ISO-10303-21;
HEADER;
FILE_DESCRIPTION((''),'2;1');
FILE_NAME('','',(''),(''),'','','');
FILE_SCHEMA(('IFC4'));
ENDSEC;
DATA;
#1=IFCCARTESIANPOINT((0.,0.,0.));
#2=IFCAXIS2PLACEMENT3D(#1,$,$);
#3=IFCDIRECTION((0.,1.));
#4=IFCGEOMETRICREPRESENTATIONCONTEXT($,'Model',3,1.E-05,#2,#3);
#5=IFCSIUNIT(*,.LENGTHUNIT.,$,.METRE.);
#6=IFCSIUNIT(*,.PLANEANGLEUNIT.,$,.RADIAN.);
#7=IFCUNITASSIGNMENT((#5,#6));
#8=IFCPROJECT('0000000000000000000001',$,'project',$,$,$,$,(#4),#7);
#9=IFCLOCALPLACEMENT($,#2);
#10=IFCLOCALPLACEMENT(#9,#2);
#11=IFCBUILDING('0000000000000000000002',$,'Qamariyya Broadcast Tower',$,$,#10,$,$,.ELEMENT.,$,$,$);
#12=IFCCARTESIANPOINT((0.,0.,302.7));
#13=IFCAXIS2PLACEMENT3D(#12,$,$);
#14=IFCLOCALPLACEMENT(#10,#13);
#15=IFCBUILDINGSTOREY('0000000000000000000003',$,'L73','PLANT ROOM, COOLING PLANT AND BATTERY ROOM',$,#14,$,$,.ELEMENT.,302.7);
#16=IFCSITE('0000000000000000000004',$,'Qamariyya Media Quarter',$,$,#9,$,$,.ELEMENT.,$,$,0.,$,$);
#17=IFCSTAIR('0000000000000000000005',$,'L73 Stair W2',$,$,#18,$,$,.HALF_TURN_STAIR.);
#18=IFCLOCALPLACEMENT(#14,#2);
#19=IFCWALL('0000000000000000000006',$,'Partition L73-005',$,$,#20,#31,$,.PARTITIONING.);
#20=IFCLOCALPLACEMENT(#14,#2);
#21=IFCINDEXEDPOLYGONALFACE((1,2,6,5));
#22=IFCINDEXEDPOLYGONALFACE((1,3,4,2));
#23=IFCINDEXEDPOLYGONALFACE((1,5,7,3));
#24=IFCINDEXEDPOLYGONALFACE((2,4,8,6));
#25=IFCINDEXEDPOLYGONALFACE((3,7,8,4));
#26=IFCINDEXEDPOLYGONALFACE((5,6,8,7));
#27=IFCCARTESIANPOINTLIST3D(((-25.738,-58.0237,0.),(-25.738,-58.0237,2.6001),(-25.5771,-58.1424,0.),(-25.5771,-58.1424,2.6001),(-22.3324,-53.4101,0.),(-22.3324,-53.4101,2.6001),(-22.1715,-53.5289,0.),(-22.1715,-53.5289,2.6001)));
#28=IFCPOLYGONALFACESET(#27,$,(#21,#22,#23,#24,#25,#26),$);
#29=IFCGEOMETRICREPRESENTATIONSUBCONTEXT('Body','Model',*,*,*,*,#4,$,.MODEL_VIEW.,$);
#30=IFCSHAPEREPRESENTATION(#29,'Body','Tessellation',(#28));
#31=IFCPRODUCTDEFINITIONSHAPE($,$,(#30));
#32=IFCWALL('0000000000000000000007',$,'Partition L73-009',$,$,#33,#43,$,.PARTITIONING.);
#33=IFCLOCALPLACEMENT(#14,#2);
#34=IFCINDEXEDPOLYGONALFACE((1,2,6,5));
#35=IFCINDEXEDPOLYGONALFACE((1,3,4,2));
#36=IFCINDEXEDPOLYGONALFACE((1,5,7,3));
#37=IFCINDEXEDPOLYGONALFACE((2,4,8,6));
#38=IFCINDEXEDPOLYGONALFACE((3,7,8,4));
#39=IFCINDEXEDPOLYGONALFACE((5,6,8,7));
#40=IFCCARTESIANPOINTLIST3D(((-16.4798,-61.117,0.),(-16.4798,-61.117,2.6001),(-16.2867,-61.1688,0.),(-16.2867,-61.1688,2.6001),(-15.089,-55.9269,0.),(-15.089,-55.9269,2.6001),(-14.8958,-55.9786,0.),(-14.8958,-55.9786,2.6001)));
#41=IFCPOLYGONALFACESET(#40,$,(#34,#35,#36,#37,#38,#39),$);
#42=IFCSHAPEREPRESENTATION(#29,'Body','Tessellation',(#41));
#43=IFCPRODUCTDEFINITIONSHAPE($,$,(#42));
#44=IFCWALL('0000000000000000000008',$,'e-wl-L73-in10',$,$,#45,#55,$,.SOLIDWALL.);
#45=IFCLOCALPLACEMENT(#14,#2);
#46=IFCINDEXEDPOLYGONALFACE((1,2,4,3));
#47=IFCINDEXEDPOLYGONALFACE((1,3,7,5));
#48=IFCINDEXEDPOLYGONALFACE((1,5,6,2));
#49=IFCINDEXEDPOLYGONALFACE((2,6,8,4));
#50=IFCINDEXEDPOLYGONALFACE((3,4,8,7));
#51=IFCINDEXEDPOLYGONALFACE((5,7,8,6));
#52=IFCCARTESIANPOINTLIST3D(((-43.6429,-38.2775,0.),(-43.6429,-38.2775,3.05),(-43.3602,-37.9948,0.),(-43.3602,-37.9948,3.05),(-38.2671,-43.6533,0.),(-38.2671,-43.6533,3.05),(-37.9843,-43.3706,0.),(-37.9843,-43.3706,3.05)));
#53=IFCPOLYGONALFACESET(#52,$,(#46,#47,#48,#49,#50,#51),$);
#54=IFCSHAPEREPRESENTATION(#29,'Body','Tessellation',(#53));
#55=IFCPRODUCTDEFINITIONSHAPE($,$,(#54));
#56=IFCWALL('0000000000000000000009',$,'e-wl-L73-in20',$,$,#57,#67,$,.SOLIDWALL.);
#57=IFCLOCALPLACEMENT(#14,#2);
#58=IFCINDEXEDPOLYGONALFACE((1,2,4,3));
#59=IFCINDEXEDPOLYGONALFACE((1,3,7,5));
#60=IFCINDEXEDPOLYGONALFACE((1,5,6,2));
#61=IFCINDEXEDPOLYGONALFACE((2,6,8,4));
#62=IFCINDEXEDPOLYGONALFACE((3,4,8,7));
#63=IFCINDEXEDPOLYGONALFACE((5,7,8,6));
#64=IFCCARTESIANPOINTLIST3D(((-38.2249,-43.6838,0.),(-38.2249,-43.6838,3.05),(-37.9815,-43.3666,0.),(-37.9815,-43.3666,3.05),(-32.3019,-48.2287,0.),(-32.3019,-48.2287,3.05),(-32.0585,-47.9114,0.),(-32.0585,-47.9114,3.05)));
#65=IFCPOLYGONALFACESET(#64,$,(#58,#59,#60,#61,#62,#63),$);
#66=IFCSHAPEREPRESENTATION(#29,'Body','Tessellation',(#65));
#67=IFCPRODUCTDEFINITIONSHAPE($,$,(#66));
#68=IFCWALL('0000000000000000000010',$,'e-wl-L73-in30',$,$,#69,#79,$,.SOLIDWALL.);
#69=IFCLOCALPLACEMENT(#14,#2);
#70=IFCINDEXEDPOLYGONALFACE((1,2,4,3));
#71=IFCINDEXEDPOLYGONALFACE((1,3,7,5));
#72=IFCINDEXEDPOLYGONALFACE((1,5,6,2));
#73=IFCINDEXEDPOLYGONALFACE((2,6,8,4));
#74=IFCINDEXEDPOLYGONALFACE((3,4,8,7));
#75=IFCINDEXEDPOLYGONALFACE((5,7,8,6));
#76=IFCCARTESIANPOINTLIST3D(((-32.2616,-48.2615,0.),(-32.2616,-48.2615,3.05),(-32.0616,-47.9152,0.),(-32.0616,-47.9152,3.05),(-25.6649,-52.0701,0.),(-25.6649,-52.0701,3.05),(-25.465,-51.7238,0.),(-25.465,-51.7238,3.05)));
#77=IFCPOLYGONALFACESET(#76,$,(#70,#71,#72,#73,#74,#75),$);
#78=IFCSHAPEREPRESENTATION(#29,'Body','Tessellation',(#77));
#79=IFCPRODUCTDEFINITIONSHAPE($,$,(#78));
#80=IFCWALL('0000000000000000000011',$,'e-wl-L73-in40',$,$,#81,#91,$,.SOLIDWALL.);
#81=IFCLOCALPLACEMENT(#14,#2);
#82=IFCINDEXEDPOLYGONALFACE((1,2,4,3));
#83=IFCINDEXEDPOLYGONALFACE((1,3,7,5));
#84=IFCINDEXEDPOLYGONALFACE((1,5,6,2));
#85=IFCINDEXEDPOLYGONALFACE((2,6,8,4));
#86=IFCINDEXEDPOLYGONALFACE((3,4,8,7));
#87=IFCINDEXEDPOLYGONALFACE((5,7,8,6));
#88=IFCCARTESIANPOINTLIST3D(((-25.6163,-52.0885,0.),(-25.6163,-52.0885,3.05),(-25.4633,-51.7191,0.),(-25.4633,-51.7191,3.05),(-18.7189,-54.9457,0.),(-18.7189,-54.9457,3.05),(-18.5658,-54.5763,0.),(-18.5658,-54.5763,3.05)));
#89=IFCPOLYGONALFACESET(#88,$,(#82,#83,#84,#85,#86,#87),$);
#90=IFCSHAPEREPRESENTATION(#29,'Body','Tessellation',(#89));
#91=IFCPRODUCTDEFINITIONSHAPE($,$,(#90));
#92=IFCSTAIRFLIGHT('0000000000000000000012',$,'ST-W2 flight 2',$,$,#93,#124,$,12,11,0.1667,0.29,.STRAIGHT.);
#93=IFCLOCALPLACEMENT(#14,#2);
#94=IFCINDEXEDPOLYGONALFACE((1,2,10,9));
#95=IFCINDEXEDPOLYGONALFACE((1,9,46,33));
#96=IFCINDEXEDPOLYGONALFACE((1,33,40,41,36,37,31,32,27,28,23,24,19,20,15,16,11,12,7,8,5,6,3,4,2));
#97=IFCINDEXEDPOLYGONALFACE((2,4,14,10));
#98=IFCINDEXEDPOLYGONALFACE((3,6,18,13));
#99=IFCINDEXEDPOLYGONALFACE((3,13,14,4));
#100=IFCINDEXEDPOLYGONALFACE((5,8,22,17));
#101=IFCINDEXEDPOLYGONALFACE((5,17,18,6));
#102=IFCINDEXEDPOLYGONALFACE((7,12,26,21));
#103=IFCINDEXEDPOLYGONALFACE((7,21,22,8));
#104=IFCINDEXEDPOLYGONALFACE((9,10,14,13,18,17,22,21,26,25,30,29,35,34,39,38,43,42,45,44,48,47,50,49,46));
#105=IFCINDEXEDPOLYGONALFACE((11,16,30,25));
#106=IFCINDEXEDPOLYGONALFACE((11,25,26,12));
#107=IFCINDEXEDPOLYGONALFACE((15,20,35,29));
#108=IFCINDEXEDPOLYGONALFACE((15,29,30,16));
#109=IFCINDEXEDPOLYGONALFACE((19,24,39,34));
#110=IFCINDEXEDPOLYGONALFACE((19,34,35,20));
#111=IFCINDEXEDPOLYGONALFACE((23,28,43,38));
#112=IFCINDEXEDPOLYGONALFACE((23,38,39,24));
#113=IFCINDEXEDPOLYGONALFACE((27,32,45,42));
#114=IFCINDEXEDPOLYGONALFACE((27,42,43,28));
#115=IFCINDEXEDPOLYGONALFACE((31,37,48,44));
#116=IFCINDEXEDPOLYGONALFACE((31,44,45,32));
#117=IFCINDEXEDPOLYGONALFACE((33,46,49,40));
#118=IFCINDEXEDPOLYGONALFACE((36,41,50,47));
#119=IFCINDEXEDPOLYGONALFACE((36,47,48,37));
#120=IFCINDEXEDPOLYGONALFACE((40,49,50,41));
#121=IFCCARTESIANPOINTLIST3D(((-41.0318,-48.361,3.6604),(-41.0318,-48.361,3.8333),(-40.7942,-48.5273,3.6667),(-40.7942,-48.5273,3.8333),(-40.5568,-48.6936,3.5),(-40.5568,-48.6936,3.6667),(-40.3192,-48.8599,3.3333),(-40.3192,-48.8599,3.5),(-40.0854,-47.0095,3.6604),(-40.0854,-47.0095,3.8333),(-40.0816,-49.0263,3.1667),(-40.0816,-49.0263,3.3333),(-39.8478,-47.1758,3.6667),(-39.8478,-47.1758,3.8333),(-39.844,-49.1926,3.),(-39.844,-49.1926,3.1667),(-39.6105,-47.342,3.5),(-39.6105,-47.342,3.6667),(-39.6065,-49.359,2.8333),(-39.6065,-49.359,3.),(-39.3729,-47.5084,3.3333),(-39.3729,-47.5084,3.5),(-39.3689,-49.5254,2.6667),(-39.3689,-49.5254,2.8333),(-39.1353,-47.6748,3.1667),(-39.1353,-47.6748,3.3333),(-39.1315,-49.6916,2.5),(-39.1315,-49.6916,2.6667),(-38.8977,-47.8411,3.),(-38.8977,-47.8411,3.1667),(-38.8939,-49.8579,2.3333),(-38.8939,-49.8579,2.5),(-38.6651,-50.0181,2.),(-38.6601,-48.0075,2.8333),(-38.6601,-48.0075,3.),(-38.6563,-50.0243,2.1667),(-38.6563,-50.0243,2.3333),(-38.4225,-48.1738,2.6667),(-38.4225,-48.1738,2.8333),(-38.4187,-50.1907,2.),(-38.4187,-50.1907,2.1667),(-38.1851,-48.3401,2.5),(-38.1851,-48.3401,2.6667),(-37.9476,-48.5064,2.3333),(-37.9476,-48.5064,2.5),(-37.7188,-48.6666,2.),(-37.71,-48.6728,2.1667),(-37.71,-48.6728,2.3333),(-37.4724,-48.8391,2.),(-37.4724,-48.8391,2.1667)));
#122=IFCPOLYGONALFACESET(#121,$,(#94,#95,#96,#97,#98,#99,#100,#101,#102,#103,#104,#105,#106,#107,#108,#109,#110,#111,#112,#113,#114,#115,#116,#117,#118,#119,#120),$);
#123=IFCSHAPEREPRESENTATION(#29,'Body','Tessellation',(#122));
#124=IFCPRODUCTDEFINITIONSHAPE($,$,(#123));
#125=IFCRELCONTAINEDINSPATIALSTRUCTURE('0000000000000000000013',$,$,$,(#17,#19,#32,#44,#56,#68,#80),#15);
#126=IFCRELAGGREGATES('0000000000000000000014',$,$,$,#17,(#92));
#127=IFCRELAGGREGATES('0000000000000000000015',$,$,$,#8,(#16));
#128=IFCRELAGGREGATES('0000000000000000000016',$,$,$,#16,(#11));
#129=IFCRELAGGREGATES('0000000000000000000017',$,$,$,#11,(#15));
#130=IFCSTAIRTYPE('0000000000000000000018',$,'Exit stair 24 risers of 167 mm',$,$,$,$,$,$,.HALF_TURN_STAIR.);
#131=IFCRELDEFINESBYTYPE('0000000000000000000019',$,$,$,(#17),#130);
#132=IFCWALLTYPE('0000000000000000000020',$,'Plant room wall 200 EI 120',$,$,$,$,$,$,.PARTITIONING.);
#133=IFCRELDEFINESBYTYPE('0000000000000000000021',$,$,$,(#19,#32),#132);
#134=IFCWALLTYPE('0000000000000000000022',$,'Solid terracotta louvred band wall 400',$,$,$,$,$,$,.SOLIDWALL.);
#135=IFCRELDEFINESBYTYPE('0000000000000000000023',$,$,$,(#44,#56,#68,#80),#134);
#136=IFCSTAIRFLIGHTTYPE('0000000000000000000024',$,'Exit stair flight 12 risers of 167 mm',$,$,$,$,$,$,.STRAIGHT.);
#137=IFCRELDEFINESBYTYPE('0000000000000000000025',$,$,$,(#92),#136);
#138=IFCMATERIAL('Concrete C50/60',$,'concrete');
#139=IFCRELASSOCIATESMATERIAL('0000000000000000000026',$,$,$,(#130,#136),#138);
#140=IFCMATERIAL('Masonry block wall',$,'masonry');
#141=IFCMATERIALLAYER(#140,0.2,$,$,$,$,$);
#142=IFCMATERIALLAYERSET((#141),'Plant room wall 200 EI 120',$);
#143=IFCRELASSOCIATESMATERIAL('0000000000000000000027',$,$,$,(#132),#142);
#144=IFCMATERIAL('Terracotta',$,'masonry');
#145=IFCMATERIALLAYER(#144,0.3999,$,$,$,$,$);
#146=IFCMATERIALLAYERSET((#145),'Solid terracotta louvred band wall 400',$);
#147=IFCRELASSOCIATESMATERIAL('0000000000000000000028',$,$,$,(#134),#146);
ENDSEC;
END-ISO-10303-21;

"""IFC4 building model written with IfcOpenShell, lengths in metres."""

from ifc_helpers import new_model, si_unit, direction, frame, frame_2d, origin, place, context, subcontext, project, spatial, polyline, rectangle, outline, extrude, material, layer, layer_set, type_object, element, aggregate, save


model = new_model("IFC4")

# Units and contexts
model_context = context("Model", 3, precision=1e-05, world=origin(), true_north=direction((0.0, 1.0)))
body_context = subcontext(model_context, "Body", "Model", "MODEL_VIEW")
ifc_project = project(units=[si_unit("LENGTHUNIT", "METRE"), si_unit("PLANEANGLEUNIT", "RADIAN")], contexts=[model_context])

# Site, building, storey
site_placement = place(None, origin())
site = spatial("IfcSite", under=ifc_project, at=site_placement, Name="Qamariyya Media Quarter", CompositionType="ELEMENT", RefElevation=0.0)
building_placement = place(site_placement, origin())
building = spatial("IfcBuilding", under=site, at=building_placement, Name="Qamariyya Broadcast Tower", CompositionType="ELEMENT")
storey_placement = place(building_placement, frame((0.0, 0.0, 302.7)))
storey = spatial("IfcBuildingStorey", under=building, at=storey_placement, Name="L73", Description="PLANT ROOM, COOLING PLANT AND BATTERY ROOM", CompositionType="ELEMENT", Elevation=302.7)

# Shared definitions
ifc_material_1 = material(Name="Concrete C50/60", Category="concrete")

# Stair
stair_type = type_object("IfcStairType", Name="Exit stair 24 risers of 167 mm", PredefinedType="HALF_TURN_STAIR", material=ifc_material_1)
stair_placement = place(storey_placement, origin())
stair = element("IfcStair", 1, at=stair_placement, inside=storey, type_object=stair_type, Name="L73 Stair W2", PredefinedType="HALF_TURN_STAIR")

# Walls
ifc_material_2 = material(Name="Masonry block wall", Category="masonry")
ifc_layer_1 = layer(ifc_material_2, 0.2)
ifc_layer_set_1 = layer_set([ifc_layer_1], Name="Plant room wall 200 EI 120")
wall_type_1 = type_object("IfcWallType", Name="Plant room wall 200 EI 120", PredefinedType="PARTITIONING", material=ifc_layer_set_1)
wall_1_placement = place(storey_placement, frame((-22.252, -53.4695, 0.0), z_axis=(0.0, 0.0, 1.0), x_axis=(-0.593886, -0.804549, 0.0)))
element("IfcWall", 2, at=wall_1_placement, inside=storey, type_object=wall_type_1, Name="Partition L73-005", PredefinedType="PARTITIONING", context=body_context, shape_type="SweptSolid", body=[
    extrude(rectangle(XDim=5.7344, YDim=0.2, at=frame_2d((2.8672, 0.0))), origin(), (0.0, 0.0, 1.0), 2.6001),
])
wall_2_placement = place(storey_placement, frame((-14.9924, -55.9529, 0.0), z_axis=(0.0, 0.0, 1.0), x_axis=(-0.258847, -0.965918, 0.0)))
element("IfcWall", 3, at=wall_2_placement, inside=storey, type_object=wall_type_1, Name="Partition L73-009", PredefinedType="PARTITIONING", context=body_context, shape_type="SweptSolid", body=[
    extrude(rectangle(XDim=5.3733, YDim=0.2, at=frame_2d((2.6865, 0.0))), origin(), (0.0, 0.0, 1.0), 2.6001),
])
ifc_material_3 = material(Name="Terracotta", Category="masonry")
ifc_layer_2 = layer(ifc_material_3, 0.3999)
ifc_layer_set_2 = layer_set([ifc_layer_2], Name="Solid terracotta louvred band wall 400")
wall_type_2 = type_object("IfcWallType", Name="Solid terracotta louvred band wall 400", PredefinedType="SOLIDWALL", material=ifc_layer_set_2)
wall_3_placement = place(storey_placement, frame((-38.1257, -43.512, 0.0), z_axis=(0.0, 0.0, 1.0), x_axis=(-0.707107, 0.707107, 0.0)))
element("IfcWall", 4, at=wall_3_placement, inside=storey, type_object=wall_type_2, Name="e-wl-L73-in10", PredefinedType="SOLIDWALL", context=body_context, shape_type="SweptSolid", body=[
    extrude(rectangle(XDim=7.6025, YDim=0.3999, at=frame_2d((3.8013, 0.0))), origin(), (0.0, 0.0, 1.0), 3.05),
])
wall_4_placement = place(storey_placement, frame((-32.1802, -48.0701, 0.0), z_axis=(0.0, 0.0, 1.0), x_axis=(-0.793355, 0.608759, 0.0)))
element("IfcWall", 5, at=wall_4_placement, inside=storey, type_object=wall_type_2, Name="e-wl-L73-in20", PredefinedType="SOLIDWALL", context=body_context, shape_type="SweptSolid", body=[
    extrude(rectangle(XDim=7.4658, YDim=0.3999, at=frame_2d((3.7329, 0.0))), origin(), (0.0, 0.0, 1.0), 3.05),
])
wall_5_placement = place(storey_placement, frame((-25.5649, -51.897, 0.0), z_axis=(0.0, 0.0, 1.0), x_axis=(-0.866025, 0.5, 0.0)))
element("IfcWall", 6, at=wall_5_placement, inside=storey, type_object=wall_type_2, Name="e-wl-L73-in30", PredefinedType="SOLIDWALL", context=body_context, shape_type="SweptSolid", body=[
    extrude(rectangle(XDim=7.6172, YDim=0.3999, at=frame_2d((3.8086, 0.0))), origin(), (0.0, 0.0, 1.0), 3.05),
])
wall_6_placement = place(storey_placement, frame((-18.6423, -54.761, 0.0), z_axis=(0.0, 0.0, 1.0), x_axis=(-0.923872, 0.382701, 0.0)))
element("IfcWall", 7, at=wall_6_placement, inside=storey, type_object=wall_type_2, Name="e-wl-L73-in40", PredefinedType="SOLIDWALL", context=body_context, shape_type="SweptSolid", body=[
    extrude(rectangle(XDim=7.4658, YDim=0.3999, at=frame_2d((3.7329, 0.0))), origin(), (0.0, 0.0, 1.0), 3.05),
])

# Stair flight
stair_flight_type = type_object("IfcStairFlightType", Name="Exit stair flight 12 risers of 167 mm", PredefinedType="STRAIGHT", material=ifc_material_1)
stair_flight_placement = place(storey_placement, frame((-37.9456, -49.5149, 2.0), z_axis=(0.0, 0.0, 1.0), x_axis=(-0.819152, 0.573576, 0.0)))
stair_flight = element("IfcStairFlight", 8, at=stair_flight_placement, type_object=stair_flight_type, Name="ST-W2 flight 2", NumberOfRisers=12, NumberOfTreads=11, PredefinedType="STRAIGHT", RiserHeight=0.1667, TreadLength=0.29, context=body_context, shape_type="SweptSolid", body=[
    extrude(outline(polyline([(0.0, 0.0), (0.0, 0.1667), (0.29, 0.1667), (0.29, 0.3333), (0.5801, 0.3333), (0.5801, 0.5), (0.8701, 0.5), (0.8701, 0.6667), (1.1599, 0.6667), (1.1599, 0.8333), (1.45, 0.8333), (1.45, 1.0), (1.74, 1.0), (1.74, 1.1667), (2.03, 1.1667), (2.03, 1.3333), (2.3201, 1.3333), (2.3201, 1.5), (2.6101, 1.5), (2.6101, 1.6667), (2.8999, 1.6667), (2.8999, 1.8333), (3.1899, 1.8333), (3.1899, 2.0), (3.1899, 1.6604), (0.3008, 0.0), (0.0, 0.0)])), frame((0.0, 0.825, 0.0), z_axis=(0.0, -1.0, 0.0), x_axis=(1.0, 0.0, 0.0)), (0.0, 0.0, 1.0), 1.6499),
])
aggregate(stair, [stair_flight])

save(model, "model.ifc")
